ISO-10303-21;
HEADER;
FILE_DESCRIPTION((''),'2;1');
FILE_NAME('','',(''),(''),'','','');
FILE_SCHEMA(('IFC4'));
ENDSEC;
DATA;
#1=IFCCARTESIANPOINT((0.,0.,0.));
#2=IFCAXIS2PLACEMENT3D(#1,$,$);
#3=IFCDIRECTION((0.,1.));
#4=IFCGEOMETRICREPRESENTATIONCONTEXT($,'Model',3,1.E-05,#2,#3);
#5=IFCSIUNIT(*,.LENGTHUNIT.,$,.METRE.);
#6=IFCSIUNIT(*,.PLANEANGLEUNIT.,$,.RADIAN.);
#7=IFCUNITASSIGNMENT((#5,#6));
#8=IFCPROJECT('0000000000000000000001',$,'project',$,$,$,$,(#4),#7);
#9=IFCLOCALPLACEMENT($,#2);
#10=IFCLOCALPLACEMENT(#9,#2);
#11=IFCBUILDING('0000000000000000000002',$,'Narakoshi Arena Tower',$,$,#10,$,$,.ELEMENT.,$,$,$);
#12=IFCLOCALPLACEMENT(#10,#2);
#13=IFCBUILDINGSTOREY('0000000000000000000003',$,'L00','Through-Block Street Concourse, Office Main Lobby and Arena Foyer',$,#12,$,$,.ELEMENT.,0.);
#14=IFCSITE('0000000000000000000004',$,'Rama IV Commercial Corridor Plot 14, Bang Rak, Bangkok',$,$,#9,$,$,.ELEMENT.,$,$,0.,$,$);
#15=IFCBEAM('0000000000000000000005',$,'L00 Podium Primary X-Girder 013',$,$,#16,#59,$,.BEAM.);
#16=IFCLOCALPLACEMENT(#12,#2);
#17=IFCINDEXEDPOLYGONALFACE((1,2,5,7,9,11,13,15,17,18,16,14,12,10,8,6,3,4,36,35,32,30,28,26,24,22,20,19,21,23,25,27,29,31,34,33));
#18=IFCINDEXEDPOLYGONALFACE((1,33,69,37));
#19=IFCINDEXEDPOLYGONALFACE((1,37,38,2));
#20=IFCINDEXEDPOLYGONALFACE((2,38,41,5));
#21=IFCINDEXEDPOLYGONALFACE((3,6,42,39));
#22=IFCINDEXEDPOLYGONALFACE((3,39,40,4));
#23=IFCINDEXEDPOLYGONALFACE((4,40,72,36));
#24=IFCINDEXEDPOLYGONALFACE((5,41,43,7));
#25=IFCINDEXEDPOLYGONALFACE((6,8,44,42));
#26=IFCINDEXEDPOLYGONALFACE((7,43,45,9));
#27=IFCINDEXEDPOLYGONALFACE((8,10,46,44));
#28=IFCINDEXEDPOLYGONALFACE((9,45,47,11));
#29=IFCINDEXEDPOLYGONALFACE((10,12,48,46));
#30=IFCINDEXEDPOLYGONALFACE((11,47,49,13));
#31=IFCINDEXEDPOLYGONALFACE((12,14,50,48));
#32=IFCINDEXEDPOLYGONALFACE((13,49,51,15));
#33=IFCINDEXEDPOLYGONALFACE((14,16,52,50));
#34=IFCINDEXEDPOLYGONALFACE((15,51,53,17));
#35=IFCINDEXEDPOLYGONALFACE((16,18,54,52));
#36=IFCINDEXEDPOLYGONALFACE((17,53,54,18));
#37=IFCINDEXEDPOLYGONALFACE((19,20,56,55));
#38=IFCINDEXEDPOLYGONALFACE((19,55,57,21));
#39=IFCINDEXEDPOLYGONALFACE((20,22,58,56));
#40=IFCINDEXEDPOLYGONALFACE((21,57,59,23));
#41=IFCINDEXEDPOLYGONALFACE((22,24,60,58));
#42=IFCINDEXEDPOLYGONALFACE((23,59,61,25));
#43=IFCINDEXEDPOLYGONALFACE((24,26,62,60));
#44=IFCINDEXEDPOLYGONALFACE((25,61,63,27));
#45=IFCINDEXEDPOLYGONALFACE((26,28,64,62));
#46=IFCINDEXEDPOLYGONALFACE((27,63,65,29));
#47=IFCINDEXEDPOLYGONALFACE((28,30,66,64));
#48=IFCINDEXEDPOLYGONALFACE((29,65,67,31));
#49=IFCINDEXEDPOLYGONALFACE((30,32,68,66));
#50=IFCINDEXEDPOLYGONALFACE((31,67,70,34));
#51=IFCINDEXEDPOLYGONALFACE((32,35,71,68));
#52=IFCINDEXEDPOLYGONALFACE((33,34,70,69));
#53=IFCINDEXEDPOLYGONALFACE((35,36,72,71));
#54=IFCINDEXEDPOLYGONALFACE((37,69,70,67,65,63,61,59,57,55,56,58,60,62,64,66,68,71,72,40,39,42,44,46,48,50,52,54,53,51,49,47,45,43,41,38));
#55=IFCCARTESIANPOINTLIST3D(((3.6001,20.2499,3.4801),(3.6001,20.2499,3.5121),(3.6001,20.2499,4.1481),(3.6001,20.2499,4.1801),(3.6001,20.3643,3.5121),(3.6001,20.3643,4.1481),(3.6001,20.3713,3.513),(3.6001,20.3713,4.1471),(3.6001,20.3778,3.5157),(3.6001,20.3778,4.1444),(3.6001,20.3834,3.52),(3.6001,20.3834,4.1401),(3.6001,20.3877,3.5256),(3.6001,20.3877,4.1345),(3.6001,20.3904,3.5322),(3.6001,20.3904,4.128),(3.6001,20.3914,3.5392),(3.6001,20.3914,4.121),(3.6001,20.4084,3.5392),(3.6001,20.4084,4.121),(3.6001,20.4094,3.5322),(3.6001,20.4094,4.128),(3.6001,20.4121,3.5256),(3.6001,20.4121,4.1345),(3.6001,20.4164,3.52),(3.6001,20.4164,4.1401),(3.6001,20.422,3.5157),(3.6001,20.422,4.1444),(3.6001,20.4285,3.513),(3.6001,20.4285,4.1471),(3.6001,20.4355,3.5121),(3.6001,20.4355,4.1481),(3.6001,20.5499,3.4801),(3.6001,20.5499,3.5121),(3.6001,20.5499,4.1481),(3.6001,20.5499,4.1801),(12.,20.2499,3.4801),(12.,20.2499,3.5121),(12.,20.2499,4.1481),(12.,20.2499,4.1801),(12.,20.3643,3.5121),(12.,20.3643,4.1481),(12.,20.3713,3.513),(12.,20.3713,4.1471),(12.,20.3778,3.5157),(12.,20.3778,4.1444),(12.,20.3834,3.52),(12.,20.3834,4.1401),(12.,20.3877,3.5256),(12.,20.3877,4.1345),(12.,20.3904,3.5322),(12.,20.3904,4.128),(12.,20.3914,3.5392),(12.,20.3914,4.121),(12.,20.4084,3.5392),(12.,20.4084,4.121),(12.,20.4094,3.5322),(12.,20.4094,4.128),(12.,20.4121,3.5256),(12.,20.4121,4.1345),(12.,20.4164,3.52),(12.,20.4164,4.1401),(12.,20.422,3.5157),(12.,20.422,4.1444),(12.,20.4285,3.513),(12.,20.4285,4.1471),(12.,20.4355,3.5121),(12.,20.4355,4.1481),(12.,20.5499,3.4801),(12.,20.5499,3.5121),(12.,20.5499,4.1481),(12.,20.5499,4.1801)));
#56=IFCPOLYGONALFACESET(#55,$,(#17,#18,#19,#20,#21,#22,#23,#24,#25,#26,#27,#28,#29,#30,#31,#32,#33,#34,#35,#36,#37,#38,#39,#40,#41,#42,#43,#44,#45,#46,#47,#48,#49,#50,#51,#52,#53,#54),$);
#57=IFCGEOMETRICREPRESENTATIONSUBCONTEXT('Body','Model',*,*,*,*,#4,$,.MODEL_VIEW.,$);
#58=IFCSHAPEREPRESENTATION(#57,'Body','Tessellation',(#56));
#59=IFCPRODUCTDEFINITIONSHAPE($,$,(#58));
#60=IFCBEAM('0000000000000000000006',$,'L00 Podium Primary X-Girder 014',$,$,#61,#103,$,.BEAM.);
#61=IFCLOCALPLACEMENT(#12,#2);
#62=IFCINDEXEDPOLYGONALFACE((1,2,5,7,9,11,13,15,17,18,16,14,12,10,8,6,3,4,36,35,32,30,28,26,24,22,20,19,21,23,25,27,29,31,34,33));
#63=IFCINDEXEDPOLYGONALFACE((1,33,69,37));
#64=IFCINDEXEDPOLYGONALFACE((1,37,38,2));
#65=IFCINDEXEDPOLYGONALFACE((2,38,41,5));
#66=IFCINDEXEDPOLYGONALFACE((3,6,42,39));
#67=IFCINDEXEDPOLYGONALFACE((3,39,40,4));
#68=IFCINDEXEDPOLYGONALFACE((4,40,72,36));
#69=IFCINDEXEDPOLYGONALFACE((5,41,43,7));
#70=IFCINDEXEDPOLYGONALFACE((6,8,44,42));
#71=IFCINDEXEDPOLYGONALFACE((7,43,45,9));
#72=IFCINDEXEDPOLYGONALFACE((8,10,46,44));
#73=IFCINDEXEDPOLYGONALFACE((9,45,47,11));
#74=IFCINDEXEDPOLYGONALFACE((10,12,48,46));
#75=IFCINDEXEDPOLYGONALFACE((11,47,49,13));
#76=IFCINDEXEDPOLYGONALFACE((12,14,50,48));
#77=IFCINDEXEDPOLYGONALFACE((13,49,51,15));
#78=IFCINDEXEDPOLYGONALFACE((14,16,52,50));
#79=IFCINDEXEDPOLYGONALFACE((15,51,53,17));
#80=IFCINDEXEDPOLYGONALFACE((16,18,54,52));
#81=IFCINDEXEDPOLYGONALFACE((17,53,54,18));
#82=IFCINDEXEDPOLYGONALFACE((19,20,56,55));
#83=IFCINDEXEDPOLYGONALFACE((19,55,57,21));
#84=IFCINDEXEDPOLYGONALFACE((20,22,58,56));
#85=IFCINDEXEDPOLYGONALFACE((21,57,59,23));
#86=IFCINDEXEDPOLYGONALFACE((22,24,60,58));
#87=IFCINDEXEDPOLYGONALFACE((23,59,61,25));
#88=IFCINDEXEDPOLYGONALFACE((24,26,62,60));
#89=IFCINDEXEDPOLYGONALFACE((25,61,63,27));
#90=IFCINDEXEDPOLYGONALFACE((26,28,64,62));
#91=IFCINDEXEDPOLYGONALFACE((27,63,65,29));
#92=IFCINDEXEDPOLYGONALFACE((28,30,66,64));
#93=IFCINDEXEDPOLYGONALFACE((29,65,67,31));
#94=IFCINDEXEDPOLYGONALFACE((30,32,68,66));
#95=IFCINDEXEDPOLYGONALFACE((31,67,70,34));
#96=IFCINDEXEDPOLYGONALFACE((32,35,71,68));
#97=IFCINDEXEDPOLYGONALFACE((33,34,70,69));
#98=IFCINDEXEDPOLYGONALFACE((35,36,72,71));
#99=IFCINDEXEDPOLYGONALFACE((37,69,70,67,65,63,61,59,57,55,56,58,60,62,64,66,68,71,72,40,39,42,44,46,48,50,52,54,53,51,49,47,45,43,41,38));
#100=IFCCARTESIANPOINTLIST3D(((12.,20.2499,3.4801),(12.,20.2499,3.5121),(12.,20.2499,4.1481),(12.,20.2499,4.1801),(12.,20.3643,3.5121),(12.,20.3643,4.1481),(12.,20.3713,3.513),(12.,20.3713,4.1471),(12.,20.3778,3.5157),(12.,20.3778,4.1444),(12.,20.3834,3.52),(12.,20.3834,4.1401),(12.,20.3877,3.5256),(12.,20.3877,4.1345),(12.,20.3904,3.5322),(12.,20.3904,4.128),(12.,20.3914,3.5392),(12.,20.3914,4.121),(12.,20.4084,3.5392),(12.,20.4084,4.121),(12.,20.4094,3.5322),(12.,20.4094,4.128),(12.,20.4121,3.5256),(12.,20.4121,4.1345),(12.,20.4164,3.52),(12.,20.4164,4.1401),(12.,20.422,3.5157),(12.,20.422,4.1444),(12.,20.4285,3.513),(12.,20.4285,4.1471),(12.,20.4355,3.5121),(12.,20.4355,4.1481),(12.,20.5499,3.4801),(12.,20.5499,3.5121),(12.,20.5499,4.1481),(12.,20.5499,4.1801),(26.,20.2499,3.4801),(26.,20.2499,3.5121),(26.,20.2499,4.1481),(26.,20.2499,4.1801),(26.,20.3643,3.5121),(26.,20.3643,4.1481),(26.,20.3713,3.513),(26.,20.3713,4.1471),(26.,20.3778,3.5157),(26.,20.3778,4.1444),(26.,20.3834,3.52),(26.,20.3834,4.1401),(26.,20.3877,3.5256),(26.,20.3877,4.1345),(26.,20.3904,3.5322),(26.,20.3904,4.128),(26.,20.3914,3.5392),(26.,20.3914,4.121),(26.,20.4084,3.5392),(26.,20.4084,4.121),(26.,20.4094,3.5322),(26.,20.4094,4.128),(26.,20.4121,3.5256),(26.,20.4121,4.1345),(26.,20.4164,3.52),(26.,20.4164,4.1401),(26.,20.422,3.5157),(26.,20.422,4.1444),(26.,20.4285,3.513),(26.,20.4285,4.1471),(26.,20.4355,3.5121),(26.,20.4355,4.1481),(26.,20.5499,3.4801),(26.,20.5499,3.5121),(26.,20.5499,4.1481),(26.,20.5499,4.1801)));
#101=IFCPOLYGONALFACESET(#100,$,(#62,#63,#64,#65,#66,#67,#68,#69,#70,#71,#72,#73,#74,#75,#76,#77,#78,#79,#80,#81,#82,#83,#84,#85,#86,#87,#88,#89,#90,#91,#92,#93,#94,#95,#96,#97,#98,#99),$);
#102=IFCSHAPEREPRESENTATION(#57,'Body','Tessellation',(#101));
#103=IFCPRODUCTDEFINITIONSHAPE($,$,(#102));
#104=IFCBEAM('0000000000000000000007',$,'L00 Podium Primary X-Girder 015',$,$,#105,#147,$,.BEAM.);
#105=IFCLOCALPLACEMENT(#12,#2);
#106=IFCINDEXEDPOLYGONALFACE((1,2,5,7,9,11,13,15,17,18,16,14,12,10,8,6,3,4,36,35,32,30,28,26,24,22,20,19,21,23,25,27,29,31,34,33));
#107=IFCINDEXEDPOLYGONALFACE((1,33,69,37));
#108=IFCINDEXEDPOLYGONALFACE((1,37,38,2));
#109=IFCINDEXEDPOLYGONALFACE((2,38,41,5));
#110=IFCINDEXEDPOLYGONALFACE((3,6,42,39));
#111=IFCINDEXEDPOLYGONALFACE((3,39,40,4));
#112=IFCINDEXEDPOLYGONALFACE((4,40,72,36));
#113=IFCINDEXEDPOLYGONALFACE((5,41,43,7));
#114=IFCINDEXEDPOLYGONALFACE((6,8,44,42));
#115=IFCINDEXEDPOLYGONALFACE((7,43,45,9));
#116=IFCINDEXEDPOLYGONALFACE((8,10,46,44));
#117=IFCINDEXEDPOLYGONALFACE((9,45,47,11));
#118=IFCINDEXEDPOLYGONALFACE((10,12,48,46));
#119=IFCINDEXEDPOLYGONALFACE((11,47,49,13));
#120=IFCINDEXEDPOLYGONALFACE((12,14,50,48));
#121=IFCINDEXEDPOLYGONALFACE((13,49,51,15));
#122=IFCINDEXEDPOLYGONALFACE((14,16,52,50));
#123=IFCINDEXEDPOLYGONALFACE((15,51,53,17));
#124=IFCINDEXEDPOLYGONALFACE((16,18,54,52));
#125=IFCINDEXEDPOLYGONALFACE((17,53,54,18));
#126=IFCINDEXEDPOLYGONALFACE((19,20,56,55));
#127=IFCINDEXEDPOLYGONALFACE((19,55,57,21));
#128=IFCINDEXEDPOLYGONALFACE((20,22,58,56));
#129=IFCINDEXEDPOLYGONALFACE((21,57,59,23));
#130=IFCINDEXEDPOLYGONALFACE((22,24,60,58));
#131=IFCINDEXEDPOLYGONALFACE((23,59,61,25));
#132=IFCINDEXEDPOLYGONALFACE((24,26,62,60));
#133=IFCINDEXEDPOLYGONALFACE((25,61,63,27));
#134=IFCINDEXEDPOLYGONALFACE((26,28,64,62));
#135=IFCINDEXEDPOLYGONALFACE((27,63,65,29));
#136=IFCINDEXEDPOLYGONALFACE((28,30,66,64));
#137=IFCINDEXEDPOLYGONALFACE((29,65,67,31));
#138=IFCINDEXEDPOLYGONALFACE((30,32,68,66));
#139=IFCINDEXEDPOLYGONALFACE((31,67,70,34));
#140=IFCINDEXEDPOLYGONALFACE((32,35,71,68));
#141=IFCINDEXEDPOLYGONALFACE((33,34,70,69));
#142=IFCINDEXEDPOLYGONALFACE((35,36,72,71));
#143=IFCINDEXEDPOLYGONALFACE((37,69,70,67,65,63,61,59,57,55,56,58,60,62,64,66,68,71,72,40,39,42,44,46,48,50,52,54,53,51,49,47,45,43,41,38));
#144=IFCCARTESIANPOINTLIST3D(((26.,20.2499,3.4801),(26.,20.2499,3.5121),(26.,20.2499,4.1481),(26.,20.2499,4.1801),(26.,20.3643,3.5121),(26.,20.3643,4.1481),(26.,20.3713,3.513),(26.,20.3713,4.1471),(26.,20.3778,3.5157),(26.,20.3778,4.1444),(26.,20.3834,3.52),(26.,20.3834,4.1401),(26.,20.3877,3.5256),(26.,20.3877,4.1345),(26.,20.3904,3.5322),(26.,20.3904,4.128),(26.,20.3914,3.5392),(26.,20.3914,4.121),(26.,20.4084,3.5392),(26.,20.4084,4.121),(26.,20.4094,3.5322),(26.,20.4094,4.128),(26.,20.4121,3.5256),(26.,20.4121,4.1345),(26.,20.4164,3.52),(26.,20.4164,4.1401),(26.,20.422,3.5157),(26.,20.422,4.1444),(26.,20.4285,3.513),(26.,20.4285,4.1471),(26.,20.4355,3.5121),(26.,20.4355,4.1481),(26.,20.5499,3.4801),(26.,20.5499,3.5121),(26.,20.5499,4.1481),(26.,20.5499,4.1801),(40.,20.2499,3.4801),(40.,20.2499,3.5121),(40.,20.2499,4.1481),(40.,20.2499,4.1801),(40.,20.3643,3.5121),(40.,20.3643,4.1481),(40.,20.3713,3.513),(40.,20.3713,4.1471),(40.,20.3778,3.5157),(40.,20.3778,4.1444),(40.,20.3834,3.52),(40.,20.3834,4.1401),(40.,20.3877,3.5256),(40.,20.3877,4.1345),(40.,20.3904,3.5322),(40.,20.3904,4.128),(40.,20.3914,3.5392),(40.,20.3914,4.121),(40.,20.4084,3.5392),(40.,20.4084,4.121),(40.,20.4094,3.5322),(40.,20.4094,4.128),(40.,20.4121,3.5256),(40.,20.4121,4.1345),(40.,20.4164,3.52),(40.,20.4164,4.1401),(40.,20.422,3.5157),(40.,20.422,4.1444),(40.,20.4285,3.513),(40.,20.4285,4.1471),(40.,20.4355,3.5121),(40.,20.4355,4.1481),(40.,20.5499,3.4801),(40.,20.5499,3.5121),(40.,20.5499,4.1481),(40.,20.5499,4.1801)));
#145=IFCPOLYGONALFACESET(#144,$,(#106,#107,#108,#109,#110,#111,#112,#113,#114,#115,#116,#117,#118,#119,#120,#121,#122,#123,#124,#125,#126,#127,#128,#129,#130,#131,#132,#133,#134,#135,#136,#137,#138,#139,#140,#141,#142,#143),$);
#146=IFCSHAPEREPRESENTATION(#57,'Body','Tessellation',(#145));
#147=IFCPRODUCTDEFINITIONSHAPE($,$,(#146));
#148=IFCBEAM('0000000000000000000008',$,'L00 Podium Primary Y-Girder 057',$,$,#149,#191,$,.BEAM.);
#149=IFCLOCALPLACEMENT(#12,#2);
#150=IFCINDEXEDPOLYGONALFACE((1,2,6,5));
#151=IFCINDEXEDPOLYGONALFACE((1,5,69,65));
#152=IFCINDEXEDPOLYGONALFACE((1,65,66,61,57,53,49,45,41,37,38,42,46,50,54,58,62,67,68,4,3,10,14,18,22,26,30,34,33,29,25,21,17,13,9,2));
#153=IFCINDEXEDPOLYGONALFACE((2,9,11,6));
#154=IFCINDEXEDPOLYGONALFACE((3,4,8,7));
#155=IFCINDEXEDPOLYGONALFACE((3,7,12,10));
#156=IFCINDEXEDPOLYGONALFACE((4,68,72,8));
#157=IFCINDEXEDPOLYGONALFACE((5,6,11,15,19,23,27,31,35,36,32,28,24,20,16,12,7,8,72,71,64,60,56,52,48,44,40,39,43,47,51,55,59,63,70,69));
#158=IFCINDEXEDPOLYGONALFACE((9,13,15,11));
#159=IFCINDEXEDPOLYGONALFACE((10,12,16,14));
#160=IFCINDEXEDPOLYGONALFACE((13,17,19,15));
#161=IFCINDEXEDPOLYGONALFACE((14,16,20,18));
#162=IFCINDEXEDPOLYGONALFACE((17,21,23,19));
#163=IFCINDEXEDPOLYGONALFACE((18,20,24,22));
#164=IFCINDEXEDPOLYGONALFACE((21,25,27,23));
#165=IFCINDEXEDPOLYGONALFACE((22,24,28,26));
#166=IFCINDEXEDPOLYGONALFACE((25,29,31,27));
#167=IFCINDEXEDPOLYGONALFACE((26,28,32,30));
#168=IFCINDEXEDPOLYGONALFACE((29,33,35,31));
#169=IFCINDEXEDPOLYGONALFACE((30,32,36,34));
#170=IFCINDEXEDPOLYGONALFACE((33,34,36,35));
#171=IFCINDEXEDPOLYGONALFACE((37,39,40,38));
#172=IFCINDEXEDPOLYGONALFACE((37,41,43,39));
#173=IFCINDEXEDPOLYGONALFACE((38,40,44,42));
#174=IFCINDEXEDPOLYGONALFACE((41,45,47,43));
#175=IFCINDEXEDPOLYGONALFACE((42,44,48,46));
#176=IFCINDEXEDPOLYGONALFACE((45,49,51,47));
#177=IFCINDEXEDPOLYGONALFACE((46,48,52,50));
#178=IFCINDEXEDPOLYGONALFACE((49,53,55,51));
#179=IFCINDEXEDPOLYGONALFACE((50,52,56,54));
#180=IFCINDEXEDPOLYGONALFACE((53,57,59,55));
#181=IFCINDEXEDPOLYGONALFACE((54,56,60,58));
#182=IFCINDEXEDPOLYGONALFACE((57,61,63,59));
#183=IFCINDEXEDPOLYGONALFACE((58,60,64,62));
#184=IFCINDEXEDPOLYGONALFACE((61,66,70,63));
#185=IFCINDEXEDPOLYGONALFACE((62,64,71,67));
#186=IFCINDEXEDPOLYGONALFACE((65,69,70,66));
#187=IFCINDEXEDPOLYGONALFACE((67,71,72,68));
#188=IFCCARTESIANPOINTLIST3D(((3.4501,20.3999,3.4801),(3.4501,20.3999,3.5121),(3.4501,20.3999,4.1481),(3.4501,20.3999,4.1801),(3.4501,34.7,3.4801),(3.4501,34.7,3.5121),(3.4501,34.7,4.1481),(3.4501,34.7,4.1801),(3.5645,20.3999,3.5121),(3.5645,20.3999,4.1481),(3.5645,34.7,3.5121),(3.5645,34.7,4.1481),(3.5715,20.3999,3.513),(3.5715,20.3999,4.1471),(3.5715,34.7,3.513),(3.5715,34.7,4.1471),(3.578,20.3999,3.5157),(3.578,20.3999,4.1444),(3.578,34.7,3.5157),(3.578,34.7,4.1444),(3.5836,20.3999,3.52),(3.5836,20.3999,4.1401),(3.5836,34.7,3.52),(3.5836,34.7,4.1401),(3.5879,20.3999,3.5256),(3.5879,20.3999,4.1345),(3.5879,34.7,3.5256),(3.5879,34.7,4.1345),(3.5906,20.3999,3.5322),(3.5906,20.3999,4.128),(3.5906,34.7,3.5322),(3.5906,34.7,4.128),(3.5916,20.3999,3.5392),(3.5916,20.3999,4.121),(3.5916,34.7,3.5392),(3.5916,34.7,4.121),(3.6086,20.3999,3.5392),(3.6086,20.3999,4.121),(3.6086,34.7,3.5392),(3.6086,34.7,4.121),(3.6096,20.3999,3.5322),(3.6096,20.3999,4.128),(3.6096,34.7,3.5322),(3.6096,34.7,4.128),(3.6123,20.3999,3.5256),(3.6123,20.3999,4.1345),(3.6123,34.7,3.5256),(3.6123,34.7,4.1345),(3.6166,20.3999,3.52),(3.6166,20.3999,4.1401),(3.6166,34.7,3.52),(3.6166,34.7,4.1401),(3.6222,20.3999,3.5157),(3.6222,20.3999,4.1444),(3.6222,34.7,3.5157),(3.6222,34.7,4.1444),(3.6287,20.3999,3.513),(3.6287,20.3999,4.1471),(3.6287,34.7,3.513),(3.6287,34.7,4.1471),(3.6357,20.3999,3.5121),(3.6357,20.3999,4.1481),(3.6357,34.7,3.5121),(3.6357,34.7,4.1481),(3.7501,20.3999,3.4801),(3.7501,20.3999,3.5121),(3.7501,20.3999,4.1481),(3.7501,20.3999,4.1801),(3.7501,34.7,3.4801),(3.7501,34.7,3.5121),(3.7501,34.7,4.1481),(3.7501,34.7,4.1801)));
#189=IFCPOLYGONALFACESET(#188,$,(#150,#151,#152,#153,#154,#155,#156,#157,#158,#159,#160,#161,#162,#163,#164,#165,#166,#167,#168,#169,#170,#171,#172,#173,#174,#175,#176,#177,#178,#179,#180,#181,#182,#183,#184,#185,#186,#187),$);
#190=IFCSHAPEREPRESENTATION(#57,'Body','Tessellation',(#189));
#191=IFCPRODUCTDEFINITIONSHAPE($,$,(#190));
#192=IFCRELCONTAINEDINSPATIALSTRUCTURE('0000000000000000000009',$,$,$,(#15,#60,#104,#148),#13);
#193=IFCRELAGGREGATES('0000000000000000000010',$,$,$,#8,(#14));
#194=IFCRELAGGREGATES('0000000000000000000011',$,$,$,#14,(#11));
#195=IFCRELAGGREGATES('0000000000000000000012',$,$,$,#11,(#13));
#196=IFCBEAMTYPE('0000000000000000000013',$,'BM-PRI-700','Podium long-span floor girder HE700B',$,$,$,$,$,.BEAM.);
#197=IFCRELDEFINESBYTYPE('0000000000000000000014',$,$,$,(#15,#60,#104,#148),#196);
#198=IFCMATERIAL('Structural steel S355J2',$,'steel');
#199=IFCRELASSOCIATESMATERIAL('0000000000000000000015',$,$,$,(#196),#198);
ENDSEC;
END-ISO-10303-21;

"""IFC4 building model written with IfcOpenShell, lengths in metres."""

from ifc_helpers import new_model, si_unit, direction, frame, origin, origin_2d, place, context, subcontext, project, spatial, i_section, extrude, material, material_profile, profile_set, type_object, element, save


model = new_model("IFC4")

# Units and contexts
model_context = context("Model", 3, precision=1e-05, world=origin(), true_north=direction((0.0, 1.0)))
body_context = subcontext(model_context, "Body", "Model", "MODEL_VIEW")
ifc_project = project(units=[si_unit("LENGTHUNIT", "METRE"), si_unit("PLANEANGLEUNIT", "RADIAN")], contexts=[model_context])

# Site, building, storey
site_placement = place(None, origin())
site = spatial("IfcSite", under=ifc_project, at=site_placement, Name="Rama IV Commercial Corridor Plot 14, Bang Rak, Bangkok", CompositionType="ELEMENT", RefElevation=0.0)
building_placement = place(site_placement, origin())
building = spatial("IfcBuilding", under=site, at=building_placement, Name="Narakoshi Arena Tower", CompositionType="ELEMENT")
storey_placement = place(building_placement, origin())
storey = spatial("IfcBuildingStorey", under=building, at=storey_placement, Name="L00", Description="Through-Block Street Concourse, Office Main Lobby and Arena Foyer", CompositionType="ELEMENT", Elevation=0.0)

# Shared definitions
ifc_material_1 = material(Name="Structural steel S355J2", Category="steel")

# Beams
ifc_material_profile_1 = material_profile(ifc_material_1, i_section(OverallWidth=0.3, OverallDepth=0.7, WebThickness=0.0171, FlangeThickness=0.032, FilletRadius=0.0271, at=origin_2d()), Name="HE700B")
ifc_profile_set_1 = profile_set([ifc_material_profile_1], Name="Structural steel S355J2")
beam_type_1 = type_object("IfcBeamType", Name="BM-PRI-700", Description="Podium long-span floor girder HE700B", PredefinedType="BEAM", material=ifc_profile_set_1)
beam_1_placement = place(storey_placement, frame((3.6001, 20.3999, 3.8301), z_axis=(1.0, 0.0, 0.0), x_axis=(0.0, 1.0, 0.0)))
element("IfcBeam", 1, at=beam_1_placement, inside=storey, type_object=beam_type_1, Name="L00 Podium Primary X-Girder 013", PredefinedType="BEAM", context=body_context, shape_type="SweptSolid", body=[
    extrude(i_section(OverallWidth=0.3, OverallDepth=0.7, WebThickness=0.0171, FlangeThickness=0.032, FilletRadius=0.0271, at=origin_2d()), origin(), (0.0, 0.0, 1.0), 8.3999),
])
for number, where, z_axis, x_axis, name in (
    (2, (12.0, 20.3999, 3.8301), (1.0, 0.0, 0.0), (0.0, 1.0, 0.0), "L00 Podium Primary X-Girder 014"),
    (3, (26.0, 20.3999, 3.8301), (1.0, 0.0, 0.0), (0.0, 1.0, 0.0), "L00 Podium Primary X-Girder 015"),
):
    element("IfcBeam", number, at=place(storey_placement, frame(where, z_axis=z_axis, x_axis=x_axis)), inside=storey, type_object=beam_type_1, Name=name, PredefinedType="BEAM", context=body_context, shape_type="SweptSolid", body=[
        extrude(i_section(OverallWidth=0.3, OverallDepth=0.7, WebThickness=0.0171, FlangeThickness=0.032, FilletRadius=0.0271, at=origin_2d()), origin(), (0.0, 0.0, 1.0), 14.0),
    ])
beam_2_placement = place(storey_placement, frame((3.6001, 20.3999, 3.8301), z_axis=(0.0, 1.0, 0.0), x_axis=(-1.0, 0.0, 0.0)))
element("IfcBeam", 4, at=beam_2_placement, inside=storey, type_object=beam_type_1, Name="L00 Podium Primary Y-Girder 057", PredefinedType="BEAM", context=body_context, shape_type="SweptSolid", body=[
    extrude(i_section(OverallWidth=0.3, OverallDepth=0.7, WebThickness=0.0171, FlangeThickness=0.032, FilletRadius=0.0271, at=origin_2d()), origin(), (0.0, 0.0, 1.0), 14.3),
])

save(model, "model.ifc")
